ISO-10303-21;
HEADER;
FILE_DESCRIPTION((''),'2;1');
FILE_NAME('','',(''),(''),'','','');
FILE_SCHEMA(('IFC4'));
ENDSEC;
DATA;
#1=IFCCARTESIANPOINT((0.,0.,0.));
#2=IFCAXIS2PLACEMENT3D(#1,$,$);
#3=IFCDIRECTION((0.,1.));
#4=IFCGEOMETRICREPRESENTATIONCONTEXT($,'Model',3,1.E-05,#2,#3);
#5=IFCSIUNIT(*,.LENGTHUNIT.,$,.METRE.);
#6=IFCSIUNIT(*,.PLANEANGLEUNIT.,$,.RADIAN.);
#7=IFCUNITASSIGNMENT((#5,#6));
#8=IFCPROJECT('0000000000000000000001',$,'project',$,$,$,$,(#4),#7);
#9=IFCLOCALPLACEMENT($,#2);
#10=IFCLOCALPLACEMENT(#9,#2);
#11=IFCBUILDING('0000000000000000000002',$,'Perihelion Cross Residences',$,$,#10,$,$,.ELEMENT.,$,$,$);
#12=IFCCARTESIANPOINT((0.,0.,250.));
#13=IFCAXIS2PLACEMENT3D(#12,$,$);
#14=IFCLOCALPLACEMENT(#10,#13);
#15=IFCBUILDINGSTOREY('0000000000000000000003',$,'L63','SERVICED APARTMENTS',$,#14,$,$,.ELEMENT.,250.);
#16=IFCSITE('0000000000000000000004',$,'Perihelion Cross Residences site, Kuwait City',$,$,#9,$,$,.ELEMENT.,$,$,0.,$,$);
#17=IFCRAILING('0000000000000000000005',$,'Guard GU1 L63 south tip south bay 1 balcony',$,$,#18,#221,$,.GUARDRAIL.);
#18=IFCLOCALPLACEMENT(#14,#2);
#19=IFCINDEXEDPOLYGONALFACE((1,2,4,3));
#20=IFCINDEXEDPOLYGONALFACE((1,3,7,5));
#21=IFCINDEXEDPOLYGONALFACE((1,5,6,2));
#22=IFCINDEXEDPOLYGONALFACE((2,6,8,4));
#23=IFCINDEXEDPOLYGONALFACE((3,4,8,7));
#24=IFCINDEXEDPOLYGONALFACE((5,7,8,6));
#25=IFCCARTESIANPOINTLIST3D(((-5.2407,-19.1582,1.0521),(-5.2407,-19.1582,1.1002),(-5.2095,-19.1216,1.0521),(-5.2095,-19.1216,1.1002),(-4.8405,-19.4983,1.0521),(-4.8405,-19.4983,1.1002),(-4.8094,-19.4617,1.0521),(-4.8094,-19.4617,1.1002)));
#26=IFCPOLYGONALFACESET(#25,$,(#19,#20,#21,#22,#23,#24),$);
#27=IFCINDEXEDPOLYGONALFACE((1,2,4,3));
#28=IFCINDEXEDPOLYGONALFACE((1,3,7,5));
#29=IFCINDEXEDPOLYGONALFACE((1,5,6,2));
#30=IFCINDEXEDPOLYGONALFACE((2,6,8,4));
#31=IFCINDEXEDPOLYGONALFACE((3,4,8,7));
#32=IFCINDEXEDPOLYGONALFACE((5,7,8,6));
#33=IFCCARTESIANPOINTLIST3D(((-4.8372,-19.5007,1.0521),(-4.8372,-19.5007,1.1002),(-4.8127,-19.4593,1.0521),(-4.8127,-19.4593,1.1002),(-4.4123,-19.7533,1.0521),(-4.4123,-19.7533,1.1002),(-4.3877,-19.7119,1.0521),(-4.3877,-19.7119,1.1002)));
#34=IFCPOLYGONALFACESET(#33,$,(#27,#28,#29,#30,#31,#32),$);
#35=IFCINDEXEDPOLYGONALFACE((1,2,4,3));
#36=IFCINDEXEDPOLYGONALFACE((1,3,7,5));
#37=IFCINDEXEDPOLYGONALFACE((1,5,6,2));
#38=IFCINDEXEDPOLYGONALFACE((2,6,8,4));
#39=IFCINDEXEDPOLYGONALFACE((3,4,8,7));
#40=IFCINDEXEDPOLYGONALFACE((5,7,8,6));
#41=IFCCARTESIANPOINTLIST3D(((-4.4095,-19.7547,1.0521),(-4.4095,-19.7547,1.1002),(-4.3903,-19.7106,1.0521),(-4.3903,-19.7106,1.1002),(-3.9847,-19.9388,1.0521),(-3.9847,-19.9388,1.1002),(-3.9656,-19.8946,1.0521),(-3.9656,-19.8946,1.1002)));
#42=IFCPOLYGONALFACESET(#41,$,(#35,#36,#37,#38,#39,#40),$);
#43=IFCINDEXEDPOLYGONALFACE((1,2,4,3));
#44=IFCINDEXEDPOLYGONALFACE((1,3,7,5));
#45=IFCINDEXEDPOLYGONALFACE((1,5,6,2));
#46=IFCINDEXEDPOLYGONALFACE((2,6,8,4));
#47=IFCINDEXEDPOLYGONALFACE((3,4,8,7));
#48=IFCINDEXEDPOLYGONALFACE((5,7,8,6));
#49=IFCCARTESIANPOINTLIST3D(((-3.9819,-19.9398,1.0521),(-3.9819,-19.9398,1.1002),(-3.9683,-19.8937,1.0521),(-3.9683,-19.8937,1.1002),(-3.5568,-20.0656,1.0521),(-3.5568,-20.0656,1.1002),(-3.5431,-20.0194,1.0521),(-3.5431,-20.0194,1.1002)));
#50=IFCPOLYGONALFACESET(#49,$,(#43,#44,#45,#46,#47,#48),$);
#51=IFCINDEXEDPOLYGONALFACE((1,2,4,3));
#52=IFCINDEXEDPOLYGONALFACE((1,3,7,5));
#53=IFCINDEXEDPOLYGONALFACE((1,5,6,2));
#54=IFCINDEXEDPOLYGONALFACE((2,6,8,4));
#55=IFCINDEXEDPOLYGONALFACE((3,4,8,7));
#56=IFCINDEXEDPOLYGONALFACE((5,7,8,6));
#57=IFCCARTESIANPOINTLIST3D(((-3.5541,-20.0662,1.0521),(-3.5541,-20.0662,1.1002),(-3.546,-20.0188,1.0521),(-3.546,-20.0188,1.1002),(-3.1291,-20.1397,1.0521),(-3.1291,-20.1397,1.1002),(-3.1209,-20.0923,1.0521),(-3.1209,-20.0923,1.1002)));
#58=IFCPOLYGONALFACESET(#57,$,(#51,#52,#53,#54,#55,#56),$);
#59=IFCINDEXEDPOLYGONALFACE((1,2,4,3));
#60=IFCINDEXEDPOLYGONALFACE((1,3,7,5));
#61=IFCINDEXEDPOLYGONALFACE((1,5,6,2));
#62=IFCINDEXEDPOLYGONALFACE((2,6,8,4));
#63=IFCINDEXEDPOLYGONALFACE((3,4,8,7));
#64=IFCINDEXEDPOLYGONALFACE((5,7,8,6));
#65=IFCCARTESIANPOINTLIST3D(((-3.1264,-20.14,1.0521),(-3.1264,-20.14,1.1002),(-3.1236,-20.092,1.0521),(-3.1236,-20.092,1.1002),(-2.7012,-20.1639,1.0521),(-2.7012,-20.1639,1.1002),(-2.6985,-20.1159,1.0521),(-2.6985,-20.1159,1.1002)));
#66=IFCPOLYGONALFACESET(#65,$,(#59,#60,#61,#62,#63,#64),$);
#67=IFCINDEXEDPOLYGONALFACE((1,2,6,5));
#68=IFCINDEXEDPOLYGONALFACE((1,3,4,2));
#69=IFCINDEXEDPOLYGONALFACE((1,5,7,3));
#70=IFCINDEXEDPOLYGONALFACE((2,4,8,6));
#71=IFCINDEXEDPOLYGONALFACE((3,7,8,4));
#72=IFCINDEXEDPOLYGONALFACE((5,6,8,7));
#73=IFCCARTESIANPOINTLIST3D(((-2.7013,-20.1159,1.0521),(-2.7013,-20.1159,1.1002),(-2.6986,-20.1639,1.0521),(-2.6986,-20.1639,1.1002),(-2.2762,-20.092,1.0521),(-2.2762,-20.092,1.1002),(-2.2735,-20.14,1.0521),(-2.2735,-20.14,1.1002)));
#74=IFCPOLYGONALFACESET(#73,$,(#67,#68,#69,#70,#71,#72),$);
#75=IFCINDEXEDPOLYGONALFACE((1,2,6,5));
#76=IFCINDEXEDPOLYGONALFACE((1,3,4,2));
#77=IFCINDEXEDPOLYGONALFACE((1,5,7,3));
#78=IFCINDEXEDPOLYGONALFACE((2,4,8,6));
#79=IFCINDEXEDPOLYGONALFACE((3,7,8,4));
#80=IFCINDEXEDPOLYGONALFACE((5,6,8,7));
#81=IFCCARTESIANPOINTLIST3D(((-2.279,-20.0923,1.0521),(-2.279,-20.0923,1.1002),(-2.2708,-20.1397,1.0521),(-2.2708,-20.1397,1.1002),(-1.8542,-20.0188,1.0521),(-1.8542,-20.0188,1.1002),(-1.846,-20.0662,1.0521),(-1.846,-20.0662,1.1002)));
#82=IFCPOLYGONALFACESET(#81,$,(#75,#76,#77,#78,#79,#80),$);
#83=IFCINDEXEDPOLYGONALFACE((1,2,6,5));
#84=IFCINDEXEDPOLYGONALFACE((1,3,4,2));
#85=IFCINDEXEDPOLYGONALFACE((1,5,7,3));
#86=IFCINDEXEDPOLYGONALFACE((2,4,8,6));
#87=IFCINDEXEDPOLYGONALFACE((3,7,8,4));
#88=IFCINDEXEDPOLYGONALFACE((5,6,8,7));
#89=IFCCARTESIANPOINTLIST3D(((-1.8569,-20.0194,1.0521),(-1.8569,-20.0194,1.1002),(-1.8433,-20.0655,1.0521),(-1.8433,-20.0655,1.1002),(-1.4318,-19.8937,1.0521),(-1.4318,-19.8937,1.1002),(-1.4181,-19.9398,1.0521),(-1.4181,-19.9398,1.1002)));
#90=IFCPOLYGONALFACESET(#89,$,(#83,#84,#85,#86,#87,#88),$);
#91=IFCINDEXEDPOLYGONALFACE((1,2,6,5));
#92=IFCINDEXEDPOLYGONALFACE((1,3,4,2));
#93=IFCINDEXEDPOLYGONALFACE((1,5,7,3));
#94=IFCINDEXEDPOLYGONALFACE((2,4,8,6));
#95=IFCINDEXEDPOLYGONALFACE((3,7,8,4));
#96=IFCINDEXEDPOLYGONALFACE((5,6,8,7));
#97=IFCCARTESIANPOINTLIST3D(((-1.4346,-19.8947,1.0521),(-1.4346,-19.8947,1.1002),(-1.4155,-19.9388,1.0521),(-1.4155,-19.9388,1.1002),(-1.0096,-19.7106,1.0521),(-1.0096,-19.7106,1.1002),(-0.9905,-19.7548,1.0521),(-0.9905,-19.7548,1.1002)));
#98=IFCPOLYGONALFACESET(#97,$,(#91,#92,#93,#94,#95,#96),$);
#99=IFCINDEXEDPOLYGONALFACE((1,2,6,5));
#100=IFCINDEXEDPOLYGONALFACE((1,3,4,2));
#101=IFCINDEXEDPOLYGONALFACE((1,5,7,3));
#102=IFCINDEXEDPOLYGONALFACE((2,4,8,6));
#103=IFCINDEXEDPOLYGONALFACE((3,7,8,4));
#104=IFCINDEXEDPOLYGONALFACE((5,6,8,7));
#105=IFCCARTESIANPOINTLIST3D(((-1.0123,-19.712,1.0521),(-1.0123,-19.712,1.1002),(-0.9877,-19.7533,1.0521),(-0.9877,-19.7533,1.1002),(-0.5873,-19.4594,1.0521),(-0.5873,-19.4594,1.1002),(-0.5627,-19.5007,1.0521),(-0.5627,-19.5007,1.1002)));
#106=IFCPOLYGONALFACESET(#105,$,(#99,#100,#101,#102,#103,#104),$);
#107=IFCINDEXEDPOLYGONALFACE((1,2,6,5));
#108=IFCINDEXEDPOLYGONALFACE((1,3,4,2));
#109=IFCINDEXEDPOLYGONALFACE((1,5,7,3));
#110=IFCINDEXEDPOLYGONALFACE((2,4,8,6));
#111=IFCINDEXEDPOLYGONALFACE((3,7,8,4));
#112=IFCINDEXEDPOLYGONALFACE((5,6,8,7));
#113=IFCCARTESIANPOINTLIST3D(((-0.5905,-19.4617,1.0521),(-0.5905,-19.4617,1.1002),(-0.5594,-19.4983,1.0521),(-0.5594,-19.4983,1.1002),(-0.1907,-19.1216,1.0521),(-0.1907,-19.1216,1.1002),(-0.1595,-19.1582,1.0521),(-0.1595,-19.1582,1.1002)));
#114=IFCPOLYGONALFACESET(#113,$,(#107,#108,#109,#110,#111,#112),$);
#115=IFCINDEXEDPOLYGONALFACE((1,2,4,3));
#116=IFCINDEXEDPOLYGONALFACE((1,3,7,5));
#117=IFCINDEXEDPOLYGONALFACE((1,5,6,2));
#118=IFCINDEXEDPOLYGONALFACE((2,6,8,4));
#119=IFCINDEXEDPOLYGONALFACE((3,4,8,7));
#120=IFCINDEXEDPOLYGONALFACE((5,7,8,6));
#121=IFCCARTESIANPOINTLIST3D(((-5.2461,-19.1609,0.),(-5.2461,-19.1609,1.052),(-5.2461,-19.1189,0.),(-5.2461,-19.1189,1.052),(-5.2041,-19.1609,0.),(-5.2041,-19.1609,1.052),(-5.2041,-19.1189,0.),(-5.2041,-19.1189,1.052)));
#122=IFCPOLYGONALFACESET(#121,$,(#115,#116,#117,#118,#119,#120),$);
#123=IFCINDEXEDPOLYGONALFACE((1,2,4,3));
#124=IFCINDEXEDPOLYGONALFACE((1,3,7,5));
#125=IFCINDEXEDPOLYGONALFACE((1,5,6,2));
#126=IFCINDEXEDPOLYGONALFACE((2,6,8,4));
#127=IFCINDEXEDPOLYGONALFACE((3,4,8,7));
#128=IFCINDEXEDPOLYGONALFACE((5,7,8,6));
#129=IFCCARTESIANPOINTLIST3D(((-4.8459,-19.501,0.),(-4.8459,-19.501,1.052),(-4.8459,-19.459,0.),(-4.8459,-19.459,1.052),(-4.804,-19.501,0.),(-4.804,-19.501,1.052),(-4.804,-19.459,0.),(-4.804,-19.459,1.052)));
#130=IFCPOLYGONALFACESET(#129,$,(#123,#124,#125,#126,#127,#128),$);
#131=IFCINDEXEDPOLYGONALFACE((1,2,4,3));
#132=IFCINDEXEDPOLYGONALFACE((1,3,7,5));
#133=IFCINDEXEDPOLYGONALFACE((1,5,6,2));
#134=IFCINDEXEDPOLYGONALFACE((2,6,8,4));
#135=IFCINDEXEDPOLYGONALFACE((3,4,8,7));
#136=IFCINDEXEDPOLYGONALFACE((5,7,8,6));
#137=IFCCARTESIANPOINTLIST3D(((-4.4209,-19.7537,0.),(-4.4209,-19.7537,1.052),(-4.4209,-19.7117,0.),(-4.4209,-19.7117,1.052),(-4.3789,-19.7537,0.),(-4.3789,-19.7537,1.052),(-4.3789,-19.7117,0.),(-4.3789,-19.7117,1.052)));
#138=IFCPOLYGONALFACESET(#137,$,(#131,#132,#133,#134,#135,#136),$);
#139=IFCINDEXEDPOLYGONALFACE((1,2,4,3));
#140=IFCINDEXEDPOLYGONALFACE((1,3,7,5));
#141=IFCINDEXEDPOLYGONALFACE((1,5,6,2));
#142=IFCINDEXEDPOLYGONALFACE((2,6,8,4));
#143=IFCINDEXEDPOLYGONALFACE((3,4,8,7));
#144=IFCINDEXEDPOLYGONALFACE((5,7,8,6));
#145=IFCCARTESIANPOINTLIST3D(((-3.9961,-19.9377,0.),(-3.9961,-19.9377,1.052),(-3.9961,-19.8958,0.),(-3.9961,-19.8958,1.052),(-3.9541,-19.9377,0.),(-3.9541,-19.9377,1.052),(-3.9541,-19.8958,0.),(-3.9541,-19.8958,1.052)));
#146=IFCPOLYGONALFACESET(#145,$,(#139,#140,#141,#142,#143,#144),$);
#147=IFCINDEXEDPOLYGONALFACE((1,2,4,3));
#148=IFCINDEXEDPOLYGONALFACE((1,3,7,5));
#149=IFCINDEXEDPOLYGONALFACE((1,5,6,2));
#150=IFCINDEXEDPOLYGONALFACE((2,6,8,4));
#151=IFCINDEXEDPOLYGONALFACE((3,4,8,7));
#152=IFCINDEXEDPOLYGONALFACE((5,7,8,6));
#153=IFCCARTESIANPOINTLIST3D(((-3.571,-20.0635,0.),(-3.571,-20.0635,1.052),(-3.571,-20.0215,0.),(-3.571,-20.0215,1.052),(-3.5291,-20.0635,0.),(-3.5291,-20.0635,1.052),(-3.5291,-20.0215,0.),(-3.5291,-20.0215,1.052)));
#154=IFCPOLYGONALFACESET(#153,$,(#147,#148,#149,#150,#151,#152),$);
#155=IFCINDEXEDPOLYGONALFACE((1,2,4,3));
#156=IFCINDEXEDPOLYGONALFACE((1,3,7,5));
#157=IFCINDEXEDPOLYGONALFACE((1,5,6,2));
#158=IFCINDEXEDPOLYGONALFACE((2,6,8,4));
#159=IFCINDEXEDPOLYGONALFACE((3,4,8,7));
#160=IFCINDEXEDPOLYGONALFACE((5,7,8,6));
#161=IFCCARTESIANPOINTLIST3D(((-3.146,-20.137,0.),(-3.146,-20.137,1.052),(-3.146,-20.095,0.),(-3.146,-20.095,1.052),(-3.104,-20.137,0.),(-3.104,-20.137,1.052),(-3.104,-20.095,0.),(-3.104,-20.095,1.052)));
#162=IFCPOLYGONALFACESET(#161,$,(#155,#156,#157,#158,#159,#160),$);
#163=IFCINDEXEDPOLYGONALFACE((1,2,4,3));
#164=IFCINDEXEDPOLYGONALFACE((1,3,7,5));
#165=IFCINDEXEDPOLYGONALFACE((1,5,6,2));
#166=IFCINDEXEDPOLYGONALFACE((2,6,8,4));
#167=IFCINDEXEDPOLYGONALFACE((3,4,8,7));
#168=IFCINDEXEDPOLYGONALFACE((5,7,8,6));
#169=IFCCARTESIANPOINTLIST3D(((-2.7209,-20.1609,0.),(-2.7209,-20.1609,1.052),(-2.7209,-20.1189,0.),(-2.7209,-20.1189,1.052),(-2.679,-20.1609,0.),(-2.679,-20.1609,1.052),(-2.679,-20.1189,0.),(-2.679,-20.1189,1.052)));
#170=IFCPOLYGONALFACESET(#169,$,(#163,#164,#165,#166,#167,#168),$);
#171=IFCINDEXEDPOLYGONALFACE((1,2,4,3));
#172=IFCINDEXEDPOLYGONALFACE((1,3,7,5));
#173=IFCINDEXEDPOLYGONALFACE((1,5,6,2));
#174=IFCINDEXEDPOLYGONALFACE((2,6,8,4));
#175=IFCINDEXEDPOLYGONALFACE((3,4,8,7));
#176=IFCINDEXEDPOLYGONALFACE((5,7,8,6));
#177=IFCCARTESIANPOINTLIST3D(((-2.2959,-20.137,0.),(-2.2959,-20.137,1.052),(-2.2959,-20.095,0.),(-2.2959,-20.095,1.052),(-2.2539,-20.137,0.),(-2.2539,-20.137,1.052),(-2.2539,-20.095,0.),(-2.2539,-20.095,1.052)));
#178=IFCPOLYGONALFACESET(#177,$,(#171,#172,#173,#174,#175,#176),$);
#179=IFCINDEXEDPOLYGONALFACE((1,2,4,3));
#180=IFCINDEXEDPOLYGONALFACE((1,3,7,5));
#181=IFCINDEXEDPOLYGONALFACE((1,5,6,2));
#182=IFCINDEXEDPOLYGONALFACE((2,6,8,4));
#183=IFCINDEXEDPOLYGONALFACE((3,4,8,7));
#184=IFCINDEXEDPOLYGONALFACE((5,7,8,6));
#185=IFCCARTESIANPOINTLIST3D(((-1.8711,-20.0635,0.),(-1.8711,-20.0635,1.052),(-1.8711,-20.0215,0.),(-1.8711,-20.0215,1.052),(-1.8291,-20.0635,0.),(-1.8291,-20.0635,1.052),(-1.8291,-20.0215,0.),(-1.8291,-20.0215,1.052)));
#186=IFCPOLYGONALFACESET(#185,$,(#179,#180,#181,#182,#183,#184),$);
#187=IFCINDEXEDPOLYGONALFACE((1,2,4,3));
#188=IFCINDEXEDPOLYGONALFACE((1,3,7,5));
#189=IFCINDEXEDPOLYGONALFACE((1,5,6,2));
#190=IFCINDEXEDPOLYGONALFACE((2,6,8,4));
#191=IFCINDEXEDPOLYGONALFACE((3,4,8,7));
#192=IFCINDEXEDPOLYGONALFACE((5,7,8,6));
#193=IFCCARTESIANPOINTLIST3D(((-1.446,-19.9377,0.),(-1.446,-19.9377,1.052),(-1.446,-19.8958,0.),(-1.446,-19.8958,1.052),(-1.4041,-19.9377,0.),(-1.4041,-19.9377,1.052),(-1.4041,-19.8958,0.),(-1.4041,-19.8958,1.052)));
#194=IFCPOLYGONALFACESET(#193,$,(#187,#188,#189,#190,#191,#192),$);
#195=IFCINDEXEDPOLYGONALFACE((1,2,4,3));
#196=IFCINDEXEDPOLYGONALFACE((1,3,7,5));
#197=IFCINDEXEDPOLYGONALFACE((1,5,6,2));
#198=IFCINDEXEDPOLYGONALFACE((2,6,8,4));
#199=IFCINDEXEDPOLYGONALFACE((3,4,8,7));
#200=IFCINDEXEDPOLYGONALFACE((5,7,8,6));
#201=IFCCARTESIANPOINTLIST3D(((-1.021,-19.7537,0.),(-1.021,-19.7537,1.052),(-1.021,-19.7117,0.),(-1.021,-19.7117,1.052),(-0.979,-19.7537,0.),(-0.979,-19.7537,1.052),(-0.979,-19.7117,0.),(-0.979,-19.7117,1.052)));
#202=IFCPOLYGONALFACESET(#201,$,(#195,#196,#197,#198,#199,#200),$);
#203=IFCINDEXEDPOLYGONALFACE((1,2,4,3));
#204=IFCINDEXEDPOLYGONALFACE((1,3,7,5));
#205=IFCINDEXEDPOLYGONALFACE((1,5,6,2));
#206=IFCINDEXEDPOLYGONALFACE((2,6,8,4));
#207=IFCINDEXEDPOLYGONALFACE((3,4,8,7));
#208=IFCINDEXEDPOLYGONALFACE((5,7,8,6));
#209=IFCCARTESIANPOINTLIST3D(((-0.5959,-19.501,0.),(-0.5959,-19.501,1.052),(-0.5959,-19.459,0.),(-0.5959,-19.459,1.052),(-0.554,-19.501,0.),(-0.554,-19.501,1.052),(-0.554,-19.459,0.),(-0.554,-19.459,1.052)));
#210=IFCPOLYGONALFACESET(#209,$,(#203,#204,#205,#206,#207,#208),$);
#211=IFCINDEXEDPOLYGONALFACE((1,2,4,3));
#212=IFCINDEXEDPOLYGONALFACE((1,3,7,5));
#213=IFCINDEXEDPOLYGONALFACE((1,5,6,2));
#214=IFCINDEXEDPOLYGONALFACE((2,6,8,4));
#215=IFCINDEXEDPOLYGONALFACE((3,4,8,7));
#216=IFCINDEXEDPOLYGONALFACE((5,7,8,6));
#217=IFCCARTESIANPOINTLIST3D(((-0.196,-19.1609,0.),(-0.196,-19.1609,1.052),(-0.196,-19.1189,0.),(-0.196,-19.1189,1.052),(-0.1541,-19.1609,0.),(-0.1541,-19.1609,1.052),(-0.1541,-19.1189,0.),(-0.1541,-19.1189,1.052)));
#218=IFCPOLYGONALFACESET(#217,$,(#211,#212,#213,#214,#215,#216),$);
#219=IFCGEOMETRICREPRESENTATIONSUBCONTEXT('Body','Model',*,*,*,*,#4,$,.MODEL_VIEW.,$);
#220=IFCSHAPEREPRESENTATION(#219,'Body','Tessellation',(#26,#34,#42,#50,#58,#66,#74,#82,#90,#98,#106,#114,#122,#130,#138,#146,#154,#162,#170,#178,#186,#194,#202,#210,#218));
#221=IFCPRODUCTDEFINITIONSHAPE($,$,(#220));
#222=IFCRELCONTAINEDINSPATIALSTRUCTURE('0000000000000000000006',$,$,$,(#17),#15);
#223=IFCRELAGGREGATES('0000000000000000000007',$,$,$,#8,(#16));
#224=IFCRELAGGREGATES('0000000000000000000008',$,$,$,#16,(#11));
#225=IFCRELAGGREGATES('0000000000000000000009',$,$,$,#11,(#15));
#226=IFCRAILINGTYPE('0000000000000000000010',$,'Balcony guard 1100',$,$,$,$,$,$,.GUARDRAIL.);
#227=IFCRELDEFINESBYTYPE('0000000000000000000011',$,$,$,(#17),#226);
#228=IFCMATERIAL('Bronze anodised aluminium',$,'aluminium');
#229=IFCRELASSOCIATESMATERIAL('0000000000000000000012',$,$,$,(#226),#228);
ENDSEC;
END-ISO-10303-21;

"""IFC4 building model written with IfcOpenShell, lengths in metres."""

from ifc_helpers import new_model, si_unit, direction, frame, origin, origin_2d, place, context, subcontext, project, spatial, rectangle, extrude, material, type_object, element, save


model = new_model("IFC4")

# Units and contexts
model_context = context("Model", 3, precision=1e-05, world=origin(), true_north=direction((0.0, 1.0)))
body_context = subcontext(model_context, "Body", "Model", "MODEL_VIEW")
ifc_project = project(units=[si_unit("LENGTHUNIT", "METRE"), si_unit("PLANEANGLEUNIT", "RADIAN")], contexts=[model_context])

# Site, building, storey
site_placement = place(None, origin())
site = spatial("IfcSite", under=ifc_project, at=site_placement, Name="Perihelion Cross Residences site, Kuwait City", CompositionType="ELEMENT", RefElevation=0.0)
building_placement = place(site_placement, origin())
building = spatial("IfcBuilding", under=site, at=building_placement, Name="Perihelion Cross Residences", CompositionType="ELEMENT")
storey_placement = place(building_placement, frame((0.0, 0.0, 250.0)))
storey = spatial("IfcBuildingStorey", under=building, at=storey_placement, Name="L63", Description="SERVICED APARTMENTS", CompositionType="ELEMENT", Elevation=250.0)

# Railing
ifc_material_1 = material(Name="Bronze anodised aluminium", Category="aluminium")
railing_type = type_object("IfcRailingType", Name="Balcony guard 1100", PredefinedType="GUARDRAIL", material=ifc_material_1)
railing_1_placement = place(storey_placement, frame((-5.2251, -19.1399, 0.0)))
element("IfcRailing", 1, at=railing_1_placement, inside=storey, type_object=railing_type, Name="Guard GU1 L63 south tip south bay 1 balcony", PredefinedType="GUARDRAIL", context=body_context, shape_type="SweptSolid", body=[
    extrude(rectangle(XDim=0.0481, YDim=0.0481, at=origin_2d()), frame((0.0, 0.0, 1.0762), z_axis=(0.761974, -0.647608, 0.0), x_axis=(0.647608, 0.761974, 0.0)), (0.0, 0.0, 1.0), 0.5251),
    extrude(rectangle(XDim=0.0481, YDim=0.0481, at=origin_2d()), frame((0.4001, -0.3401, 1.0762), z_axis=(0.859577, -0.511006, 0.0), x_axis=(0.511006, 0.859577, 0.0)), (0.0, 0.0, 1.0), 0.4944),
    extrude(rectangle(XDim=0.0481, YDim=0.0481, at=origin_2d()), frame((0.8252, -0.5928, 1.0762), z_axis=(0.917556, -0.397607, 0.0), x_axis=(0.397607, 0.917556, 0.0)), (0.0, 0.0, 1.0), 0.4629),
    extrude(rectangle(XDim=0.0481, YDim=0.0481, at=origin_2d()), frame((1.25, -0.7769, 1.0762), z_axis=(0.958926, -0.283657, 0.0), x_axis=(0.283657, 0.958926, 0.0)), (0.0, 0.0, 1.0), 0.4434),
    extrude(rectangle(XDim=0.0481, YDim=0.0481, at=origin_2d()), frame((1.675, -0.9026, 1.0762), z_axis=(0.985382, -0.170362, 0.0), x_axis=(0.170362, 0.985382, 0.0)), (0.0, 0.0, 1.0), 0.4314),
    extrude(rectangle(XDim=0.0481, YDim=0.0481, at=origin_2d()), frame((2.1001, -0.9761, 1.0762), z_axis=(0.99842, -0.056201, 0.0), x_axis=(0.056201, 0.99842, 0.0)), (0.0, 0.0, 1.0), 0.4258),
    extrude(rectangle(XDim=0.0481, YDim=0.0481, at=origin_2d()), frame((2.5251, -1.0, 1.0762), z_axis=(0.99842, 0.056201, 0.0), x_axis=(-0.056201, 0.99842, 0.0)), (0.0, 0.0, 1.0), 0.4258),
    extrude(rectangle(XDim=0.0481, YDim=0.0481, at=origin_2d()), frame((2.9502, -0.9761, 1.0762), z_axis=(0.985365, 0.170457, 0.0), x_axis=(-0.170457, 0.985365, 0.0)), (0.0, 0.0, 1.0), 0.4312),
    extrude(rectangle(XDim=0.0481, YDim=0.0481, at=origin_2d()), frame((3.375, -0.9026, 1.0762), z_axis=(0.958926, 0.283657, 0.0), x_axis=(-0.283657, 0.958926, 0.0)), (0.0, 0.0, 1.0), 0.4434),
    extrude(rectangle(XDim=0.0481, YDim=0.0481, at=origin_2d()), frame((3.8, -0.7769, 1.0762), z_axis=(0.917639, 0.397415, 0.0), x_axis=(-0.397415, 0.917639, 0.0)), (0.0, 0.0, 1.0), 0.4631),
    extrude(rectangle(XDim=0.0481, YDim=0.0481, at=origin_2d()), frame((4.2251, -0.5928, 1.0762), z_axis=(0.859577, 0.511006, 0.0), x_axis=(-0.511006, 0.859577, 0.0)), (0.0, 0.0, 1.0), 0.4944),
    extrude(rectangle(XDim=0.0481, YDim=0.0481, at=origin_2d()), frame((4.6501, -0.3401, 1.0762), z_axis=(0.761779, 0.647837, 0.0), x_axis=(-0.647837, 0.761779, 0.0)), (0.0, 0.0, 1.0), 0.5249),
    extrude(rectangle(XDim=0.042, YDim=0.042, at=origin_2d()), origin(), (0.0, 0.0, 1.0), 1.052),
    extrude(rectangle(XDim=0.042, YDim=0.042, at=origin_2d()), frame((0.4001, -0.3401, 0.0)), (0.0, 0.0, 1.0), 1.052),
    extrude(rectangle(XDim=0.042, YDim=0.042, at=origin_2d()), frame((0.8252, -0.5928, 0.0)), (0.0, 0.0, 1.0), 1.052),
    extrude(rectangle(XDim=0.042, YDim=0.042, at=origin_2d()), frame((1.25, -0.7769, 0.0)), (0.0, 0.0, 1.0), 1.052),
    extrude(rectangle(XDim=0.042, YDim=0.042, at=origin_2d()), frame((1.675, -0.9026, 0.0)), (0.0, 0.0, 1.0), 1.052),
    extrude(rectangle(XDim=0.042, YDim=0.042, at=origin_2d()), frame((2.1001, -0.9761, 0.0)), (0.0, 0.0, 1.0), 1.052),
    extrude(rectangle(XDim=0.042, YDim=0.042, at=origin_2d()), frame((2.5251, -1.0, 0.0)), (0.0, 0.0, 1.0), 1.052),
    extrude(rectangle(XDim=0.042, YDim=0.042, at=origin_2d()), frame((2.9502, -0.9761, 0.0)), (0.0, 0.0, 1.0), 1.052),
    extrude(rectangle(XDim=0.042, YDim=0.042, at=origin_2d()), frame((3.375, -0.9026, 0.0)), (0.0, 0.0, 1.0), 1.052),
    extrude(rectangle(XDim=0.042, YDim=0.042, at=origin_2d()), frame((3.8, -0.7769, 0.0)), (0.0, 0.0, 1.0), 1.052),
    extrude(rectangle(XDim=0.042, YDim=0.042, at=origin_2d()), frame((4.2251, -0.5928, 0.0)), (0.0, 0.0, 1.0), 1.052),
    extrude(rectangle(XDim=0.042, YDim=0.042, at=origin_2d()), frame((4.6501, -0.3401, 0.0)), (0.0, 0.0, 1.0), 1.052),
    extrude(rectangle(XDim=0.042, YDim=0.042, at=origin_2d()), frame((5.05, 0.0, 0.0)), (0.0, 0.0, 1.0), 1.052),
])

save(model, "model.ifc")
